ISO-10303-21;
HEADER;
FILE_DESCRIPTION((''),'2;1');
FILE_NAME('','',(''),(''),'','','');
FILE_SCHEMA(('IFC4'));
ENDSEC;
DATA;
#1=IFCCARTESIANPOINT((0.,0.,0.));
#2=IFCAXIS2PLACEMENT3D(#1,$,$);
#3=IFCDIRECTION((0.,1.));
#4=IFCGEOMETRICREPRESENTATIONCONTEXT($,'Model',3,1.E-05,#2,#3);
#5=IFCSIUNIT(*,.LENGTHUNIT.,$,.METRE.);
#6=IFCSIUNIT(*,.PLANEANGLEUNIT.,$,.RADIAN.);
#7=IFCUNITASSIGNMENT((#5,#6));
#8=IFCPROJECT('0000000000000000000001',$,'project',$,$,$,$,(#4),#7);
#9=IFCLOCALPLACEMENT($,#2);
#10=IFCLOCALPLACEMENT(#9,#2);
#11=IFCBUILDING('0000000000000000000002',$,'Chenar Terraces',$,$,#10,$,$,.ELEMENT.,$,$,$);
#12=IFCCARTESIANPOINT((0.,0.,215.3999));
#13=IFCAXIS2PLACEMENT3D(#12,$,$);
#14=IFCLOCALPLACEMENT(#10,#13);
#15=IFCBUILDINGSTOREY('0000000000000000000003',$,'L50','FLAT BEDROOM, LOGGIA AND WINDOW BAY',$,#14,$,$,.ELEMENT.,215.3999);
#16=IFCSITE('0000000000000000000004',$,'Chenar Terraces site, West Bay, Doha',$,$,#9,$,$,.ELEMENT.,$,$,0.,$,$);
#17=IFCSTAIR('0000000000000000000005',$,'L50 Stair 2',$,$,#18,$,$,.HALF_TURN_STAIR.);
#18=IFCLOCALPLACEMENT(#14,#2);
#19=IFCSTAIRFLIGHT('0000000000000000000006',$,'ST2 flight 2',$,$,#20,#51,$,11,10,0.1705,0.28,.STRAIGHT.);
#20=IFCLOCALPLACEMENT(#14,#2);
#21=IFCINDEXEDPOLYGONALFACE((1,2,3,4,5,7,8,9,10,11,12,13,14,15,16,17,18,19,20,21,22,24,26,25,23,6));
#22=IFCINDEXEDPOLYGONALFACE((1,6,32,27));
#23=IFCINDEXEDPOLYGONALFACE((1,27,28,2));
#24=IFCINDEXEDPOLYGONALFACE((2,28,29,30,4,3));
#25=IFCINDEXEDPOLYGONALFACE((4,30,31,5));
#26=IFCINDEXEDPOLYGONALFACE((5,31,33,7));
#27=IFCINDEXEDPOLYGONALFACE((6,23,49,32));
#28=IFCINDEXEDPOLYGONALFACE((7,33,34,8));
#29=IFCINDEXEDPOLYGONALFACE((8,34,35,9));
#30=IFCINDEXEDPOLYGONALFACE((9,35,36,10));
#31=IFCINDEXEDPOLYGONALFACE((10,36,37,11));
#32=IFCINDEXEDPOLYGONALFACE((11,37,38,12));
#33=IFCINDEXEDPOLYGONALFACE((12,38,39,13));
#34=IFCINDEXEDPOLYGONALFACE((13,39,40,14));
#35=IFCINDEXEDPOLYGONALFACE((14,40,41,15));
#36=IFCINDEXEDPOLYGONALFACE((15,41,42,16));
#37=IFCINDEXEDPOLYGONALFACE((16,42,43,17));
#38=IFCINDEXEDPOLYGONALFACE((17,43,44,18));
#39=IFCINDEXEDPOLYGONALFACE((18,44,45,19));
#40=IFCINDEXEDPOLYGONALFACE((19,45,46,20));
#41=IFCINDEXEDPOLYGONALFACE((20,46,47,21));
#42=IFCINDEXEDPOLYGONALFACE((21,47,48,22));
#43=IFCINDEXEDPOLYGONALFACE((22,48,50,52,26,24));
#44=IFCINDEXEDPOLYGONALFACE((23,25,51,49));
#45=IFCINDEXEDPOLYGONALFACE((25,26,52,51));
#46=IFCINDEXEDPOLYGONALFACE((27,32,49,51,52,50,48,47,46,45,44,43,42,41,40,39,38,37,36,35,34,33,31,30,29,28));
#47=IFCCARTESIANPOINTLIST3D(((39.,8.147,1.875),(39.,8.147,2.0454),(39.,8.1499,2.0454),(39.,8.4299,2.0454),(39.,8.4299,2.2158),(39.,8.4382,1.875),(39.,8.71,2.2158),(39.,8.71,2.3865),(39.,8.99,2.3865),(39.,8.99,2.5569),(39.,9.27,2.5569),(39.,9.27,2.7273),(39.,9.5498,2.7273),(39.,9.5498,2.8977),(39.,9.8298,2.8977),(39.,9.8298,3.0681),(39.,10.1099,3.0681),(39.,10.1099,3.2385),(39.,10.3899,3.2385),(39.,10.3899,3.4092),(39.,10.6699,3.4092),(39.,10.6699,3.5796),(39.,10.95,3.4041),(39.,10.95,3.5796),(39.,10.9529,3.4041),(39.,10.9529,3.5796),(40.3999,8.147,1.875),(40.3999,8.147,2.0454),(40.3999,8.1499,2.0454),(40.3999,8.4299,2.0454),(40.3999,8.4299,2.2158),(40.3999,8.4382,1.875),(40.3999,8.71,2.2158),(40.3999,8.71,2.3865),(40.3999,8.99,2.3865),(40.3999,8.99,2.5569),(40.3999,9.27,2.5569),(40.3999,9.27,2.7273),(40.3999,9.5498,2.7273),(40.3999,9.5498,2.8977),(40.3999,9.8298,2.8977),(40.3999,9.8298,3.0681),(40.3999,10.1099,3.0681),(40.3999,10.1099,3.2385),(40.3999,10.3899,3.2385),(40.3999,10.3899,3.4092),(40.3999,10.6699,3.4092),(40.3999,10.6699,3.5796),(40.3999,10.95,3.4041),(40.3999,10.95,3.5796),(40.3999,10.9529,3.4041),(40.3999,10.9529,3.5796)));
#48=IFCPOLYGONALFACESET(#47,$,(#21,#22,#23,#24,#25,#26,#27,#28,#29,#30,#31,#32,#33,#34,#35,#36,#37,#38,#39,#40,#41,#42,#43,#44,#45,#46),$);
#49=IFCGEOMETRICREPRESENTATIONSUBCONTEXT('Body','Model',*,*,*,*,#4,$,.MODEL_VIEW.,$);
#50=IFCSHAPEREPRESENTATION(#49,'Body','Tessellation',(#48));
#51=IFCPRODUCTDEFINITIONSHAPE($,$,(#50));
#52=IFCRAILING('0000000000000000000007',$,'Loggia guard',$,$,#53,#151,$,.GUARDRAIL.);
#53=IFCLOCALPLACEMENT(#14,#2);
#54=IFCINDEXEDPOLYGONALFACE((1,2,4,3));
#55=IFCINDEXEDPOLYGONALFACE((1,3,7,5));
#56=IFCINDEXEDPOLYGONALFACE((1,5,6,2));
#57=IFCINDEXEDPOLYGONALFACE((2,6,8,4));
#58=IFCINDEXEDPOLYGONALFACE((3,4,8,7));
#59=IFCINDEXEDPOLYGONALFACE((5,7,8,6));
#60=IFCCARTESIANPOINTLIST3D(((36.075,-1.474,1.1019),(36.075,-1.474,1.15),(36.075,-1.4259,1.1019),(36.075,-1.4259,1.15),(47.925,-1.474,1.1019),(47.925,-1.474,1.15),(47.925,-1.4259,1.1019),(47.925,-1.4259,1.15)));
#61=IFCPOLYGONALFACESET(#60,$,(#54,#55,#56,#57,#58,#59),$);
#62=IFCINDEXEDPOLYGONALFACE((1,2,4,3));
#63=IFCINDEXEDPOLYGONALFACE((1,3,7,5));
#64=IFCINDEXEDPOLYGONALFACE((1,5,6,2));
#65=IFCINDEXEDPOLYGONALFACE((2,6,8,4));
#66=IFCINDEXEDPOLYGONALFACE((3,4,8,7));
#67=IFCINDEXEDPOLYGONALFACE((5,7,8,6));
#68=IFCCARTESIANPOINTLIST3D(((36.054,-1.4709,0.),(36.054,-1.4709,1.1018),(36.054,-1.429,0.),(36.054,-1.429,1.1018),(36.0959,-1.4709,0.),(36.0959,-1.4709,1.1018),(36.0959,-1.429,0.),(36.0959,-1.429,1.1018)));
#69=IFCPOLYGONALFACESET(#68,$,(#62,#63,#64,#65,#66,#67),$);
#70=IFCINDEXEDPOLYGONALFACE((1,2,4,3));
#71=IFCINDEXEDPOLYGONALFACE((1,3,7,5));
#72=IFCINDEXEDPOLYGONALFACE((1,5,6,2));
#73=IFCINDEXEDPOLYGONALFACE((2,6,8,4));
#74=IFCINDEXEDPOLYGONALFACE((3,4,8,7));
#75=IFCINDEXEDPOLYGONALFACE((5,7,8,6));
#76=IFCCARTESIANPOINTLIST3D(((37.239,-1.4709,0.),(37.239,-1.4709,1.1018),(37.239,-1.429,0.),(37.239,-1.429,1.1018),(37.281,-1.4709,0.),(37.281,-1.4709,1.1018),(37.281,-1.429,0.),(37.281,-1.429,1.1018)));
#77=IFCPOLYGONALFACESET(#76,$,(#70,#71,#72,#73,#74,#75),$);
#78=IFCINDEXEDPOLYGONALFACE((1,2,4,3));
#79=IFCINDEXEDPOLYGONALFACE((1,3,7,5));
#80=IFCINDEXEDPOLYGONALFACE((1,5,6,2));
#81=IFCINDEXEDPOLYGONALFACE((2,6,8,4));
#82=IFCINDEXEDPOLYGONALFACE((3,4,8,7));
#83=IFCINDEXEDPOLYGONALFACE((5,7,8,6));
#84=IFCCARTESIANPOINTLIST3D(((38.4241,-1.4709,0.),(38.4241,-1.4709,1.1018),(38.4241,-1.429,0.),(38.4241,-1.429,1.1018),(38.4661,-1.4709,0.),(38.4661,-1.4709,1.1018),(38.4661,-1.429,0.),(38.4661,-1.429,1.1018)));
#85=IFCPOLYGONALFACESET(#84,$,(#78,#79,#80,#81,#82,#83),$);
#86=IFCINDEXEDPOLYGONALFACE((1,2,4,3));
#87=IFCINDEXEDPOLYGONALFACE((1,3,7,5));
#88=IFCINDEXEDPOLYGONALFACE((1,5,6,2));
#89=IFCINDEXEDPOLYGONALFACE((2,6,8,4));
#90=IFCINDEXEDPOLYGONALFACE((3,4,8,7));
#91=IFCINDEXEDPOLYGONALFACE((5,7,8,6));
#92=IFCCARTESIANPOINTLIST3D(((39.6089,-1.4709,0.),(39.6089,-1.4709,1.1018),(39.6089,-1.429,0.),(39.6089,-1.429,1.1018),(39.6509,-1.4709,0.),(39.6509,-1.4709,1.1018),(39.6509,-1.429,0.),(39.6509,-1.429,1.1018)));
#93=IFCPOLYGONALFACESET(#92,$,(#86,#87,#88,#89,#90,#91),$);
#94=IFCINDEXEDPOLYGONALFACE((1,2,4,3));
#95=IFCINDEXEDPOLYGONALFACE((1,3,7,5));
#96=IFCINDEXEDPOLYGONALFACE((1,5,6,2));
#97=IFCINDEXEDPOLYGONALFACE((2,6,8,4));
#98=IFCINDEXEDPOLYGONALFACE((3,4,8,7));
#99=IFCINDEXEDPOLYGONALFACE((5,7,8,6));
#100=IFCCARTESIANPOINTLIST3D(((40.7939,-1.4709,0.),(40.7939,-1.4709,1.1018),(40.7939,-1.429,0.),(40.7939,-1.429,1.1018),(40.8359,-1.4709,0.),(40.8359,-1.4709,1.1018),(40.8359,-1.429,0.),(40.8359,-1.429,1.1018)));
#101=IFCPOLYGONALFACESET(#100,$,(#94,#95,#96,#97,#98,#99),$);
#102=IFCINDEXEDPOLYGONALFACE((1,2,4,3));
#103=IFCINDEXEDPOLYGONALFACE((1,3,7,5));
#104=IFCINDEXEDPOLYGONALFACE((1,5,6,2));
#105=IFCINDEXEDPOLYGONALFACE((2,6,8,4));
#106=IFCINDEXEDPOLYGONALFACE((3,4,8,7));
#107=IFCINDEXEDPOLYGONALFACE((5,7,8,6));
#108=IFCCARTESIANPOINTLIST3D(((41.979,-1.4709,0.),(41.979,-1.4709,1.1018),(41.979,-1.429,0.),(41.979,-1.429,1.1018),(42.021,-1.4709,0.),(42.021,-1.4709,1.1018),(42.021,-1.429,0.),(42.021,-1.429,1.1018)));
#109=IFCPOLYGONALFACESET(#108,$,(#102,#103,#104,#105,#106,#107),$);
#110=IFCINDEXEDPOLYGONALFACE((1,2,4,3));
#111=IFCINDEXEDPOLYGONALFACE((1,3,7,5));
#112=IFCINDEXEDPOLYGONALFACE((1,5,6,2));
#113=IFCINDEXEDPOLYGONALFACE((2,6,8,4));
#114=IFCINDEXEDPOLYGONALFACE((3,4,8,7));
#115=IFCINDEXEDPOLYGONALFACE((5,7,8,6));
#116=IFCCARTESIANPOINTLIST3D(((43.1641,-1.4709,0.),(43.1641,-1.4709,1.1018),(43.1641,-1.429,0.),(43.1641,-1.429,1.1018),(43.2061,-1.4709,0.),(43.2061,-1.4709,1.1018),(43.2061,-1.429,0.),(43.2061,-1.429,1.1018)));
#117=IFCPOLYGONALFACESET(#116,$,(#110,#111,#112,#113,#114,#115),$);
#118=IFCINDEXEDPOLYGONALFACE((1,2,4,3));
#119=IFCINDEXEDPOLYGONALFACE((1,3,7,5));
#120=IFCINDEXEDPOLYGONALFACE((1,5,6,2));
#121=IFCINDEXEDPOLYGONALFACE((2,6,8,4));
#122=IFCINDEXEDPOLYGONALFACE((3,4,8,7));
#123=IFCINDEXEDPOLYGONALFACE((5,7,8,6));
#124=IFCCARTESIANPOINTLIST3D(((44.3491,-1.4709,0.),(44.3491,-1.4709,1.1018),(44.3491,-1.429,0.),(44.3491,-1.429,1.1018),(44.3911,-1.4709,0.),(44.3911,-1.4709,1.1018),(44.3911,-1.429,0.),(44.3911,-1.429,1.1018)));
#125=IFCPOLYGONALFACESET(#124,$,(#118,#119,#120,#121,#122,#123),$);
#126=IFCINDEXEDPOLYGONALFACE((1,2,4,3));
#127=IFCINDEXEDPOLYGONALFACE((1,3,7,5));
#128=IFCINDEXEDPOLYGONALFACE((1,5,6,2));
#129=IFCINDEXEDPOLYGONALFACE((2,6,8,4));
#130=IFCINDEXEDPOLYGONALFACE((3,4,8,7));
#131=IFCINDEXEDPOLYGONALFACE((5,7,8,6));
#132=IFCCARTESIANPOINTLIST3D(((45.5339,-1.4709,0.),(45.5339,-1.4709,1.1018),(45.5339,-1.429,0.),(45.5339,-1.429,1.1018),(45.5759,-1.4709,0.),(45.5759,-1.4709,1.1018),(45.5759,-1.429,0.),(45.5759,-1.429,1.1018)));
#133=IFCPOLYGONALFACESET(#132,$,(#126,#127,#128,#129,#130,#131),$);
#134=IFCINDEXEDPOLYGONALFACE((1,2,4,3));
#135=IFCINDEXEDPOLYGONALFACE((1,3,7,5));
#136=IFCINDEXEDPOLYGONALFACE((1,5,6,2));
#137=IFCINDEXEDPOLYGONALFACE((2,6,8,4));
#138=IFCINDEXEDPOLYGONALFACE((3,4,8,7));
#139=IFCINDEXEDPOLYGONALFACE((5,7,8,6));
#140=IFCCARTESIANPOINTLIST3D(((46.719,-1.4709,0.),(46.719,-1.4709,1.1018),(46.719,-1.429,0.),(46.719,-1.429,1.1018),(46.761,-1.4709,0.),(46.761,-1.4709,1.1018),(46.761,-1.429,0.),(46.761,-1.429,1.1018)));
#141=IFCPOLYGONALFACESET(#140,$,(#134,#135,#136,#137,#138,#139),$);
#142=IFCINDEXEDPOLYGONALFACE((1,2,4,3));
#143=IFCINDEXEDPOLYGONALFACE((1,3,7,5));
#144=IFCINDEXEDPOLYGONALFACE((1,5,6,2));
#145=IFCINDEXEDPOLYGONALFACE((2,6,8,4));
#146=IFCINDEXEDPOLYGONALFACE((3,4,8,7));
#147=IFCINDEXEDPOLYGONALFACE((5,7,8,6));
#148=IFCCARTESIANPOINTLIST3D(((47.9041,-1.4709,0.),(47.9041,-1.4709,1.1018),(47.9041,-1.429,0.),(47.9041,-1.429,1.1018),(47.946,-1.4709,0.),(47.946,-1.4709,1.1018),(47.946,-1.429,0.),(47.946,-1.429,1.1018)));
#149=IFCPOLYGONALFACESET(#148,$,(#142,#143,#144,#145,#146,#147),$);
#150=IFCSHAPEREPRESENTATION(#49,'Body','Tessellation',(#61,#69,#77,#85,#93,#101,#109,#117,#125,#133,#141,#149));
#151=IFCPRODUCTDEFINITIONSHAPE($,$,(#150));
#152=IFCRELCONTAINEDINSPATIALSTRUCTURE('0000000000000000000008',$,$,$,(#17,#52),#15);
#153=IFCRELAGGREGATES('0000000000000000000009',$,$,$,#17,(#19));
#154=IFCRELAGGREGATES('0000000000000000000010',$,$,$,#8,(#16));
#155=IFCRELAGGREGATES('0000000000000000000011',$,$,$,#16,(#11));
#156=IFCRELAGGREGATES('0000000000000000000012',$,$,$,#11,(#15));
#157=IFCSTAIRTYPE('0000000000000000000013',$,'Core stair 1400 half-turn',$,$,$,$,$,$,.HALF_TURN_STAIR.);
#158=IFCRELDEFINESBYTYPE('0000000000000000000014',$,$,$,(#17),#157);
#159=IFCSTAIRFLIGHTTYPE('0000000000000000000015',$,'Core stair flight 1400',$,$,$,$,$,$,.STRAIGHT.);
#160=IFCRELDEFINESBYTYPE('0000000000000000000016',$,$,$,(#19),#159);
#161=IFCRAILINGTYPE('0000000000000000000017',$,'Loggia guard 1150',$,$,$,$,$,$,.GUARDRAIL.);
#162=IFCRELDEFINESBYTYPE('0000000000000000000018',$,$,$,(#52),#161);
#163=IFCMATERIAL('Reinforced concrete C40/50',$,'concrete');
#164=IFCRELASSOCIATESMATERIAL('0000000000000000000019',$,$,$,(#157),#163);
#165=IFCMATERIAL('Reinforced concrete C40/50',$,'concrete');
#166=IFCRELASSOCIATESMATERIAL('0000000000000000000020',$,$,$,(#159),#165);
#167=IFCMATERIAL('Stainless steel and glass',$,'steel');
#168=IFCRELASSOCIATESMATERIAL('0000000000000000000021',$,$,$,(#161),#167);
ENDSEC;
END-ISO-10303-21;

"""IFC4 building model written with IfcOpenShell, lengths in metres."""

from ifc_helpers import new_model, si_unit, direction, frame, origin, origin_2d, place, context, subcontext, project, spatial, polyline, rectangle, outline, extrude, material, type_object, element, aggregate, save


model = new_model("IFC4")

# Units and contexts
model_context = context("Model", 3, precision=1e-05, world=origin(), true_north=direction((0.0, 1.0)))
body_context = subcontext(model_context, "Body", "Model", "MODEL_VIEW")
ifc_project = project(units=[si_unit("LENGTHUNIT", "METRE"), si_unit("PLANEANGLEUNIT", "RADIAN")], contexts=[model_context])

# Site, building, storey
site_placement = place(None, origin())
site = spatial("IfcSite", under=ifc_project, at=site_placement, Name="Chenar Terraces site, West Bay, Doha", CompositionType="ELEMENT", RefElevation=0.0)
building_placement = place(site_placement, origin())
building = spatial("IfcBuilding", under=site, at=building_placement, Name="Chenar Terraces", CompositionType="ELEMENT")
storey_placement = place(building_placement, frame((0.0, 0.0, 215.3999)))
storey = spatial("IfcBuildingStorey", under=building, at=storey_placement, Name="L50", Description="FLAT BEDROOM, LOGGIA AND WINDOW BAY", CompositionType="ELEMENT", Elevation=215.3999)

# Stair, stair flight
ifc_material_1 = material(Name="Reinforced concrete C40/50", Category="concrete")
stair_type = type_object("IfcStairType", Name="Core stair 1400 half-turn", PredefinedType="HALF_TURN_STAIR", material=ifc_material_1)
stair_placement = place(storey_placement, origin())
stair = element("IfcStair", 1, at=stair_placement, inside=storey, type_object=stair_type, Name="L50 Stair 2", PredefinedType="HALF_TURN_STAIR")
ifc_material_2 = material(Name="Reinforced concrete C40/50", Category="concrete")
stair_flight_type = type_object("IfcStairFlightType", Name="Core stair flight 1400", PredefinedType="STRAIGHT", material=ifc_material_2)
stair_flight_1_placement = place(storey_placement, frame((39.7, 8.1499, 1.875), z_axis=(0.0, 0.0, 1.0), x_axis=(0.0, 1.0, 0.0)))
stair_flight_1 = element("IfcStairFlight", 2, at=stair_flight_1_placement, type_object=stair_flight_type, Name="ST2 flight 2", NumberOfRisers=11, NumberOfTreads=10, PredefinedType="STRAIGHT", RiserHeight=0.1705, TreadLength=0.28, context=body_context, shape_type="SweptSolid", body=[
    extrude(outline(polyline([(-0.0029, 0.0), (-0.0029, 0.1704), (0.0, 0.1704), (0.28, 0.1704), (0.28, 0.3408), (0.5601, 0.3408), (0.5601, 0.5115), (0.8401, 0.5115), (0.8401, 0.6819), (1.1201, 0.6819), (1.1201, 0.8523), (1.3999, 0.8523), (1.3999, 1.0227), (1.6799, 1.0227), (1.6799, 1.1931), (1.96, 1.1931), (1.96, 1.3635), (2.24, 1.3635), (2.24, 1.5342), (2.52, 1.5342), (2.52, 1.7046), (2.8, 1.7046), (2.803, 1.7046), (2.803, 1.5291), (2.8, 1.5291), (0.2883, 0.0), (-0.0029, 0.0)])), frame((0.0, 0.7, 0.0), z_axis=(0.0, -1.0, 0.0), x_axis=(1.0, 0.0, 0.0)), (0.0, 0.0, 1.0), 1.3999),
])
aggregate(stair, [stair_flight_1])

# Railing
ifc_material_3 = material(Name="Stainless steel and glass", Category="steel")
railing_type_1 = type_object("IfcRailingType", Name="Loggia guard 1150", PredefinedType="GUARDRAIL", material=ifc_material_3)
railing_1_placement = place(storey_placement, frame((36.075, -1.45, 0.0)))
element("IfcRailing", 3, at=railing_1_placement, inside=storey, type_object=railing_type_1, Name="Loggia guard", PredefinedType="GUARDRAIL", context=body_context, shape_type="SweptSolid", body=[
    extrude(rectangle(XDim=0.0481, YDim=0.0481, at=origin_2d()), frame((0.0, 0.0, 1.126), z_axis=(1.0, 0.0, 0.0), x_axis=(0.0, 1.0, 0.0)), (0.0, 0.0, 1.0), 11.8501),
    extrude(rectangle(XDim=0.042, YDim=0.042, at=origin_2d()), origin(), (0.0, 0.0, 1.0), 1.1018),
    extrude(rectangle(XDim=0.042, YDim=0.042, at=origin_2d()), frame((1.1851, 0.0, 0.0)), (0.0, 0.0, 1.0), 1.1018),
    extrude(rectangle(XDim=0.042, YDim=0.042, at=origin_2d()), frame((2.3701, 0.0, 0.0)), (0.0, 0.0, 1.0), 1.1018),
    extrude(rectangle(XDim=0.042, YDim=0.042, at=origin_2d()), frame((3.5549, 0.0, 0.0)), (0.0, 0.0, 1.0), 1.1018),
    extrude(rectangle(XDim=0.042, YDim=0.042, at=origin_2d()), frame((4.74, 0.0, 0.0)), (0.0, 0.0, 1.0), 1.1018),
    extrude(rectangle(XDim=0.042, YDim=0.042, at=origin_2d()), frame((5.925, 0.0, 0.0)), (0.0, 0.0, 1.0), 1.1018),
    extrude(rectangle(XDim=0.042, YDim=0.042, at=origin_2d()), frame((7.1101, 0.0, 0.0)), (0.0, 0.0, 1.0), 1.1018),
    extrude(rectangle(XDim=0.042, YDim=0.042, at=origin_2d()), frame((8.2952, 0.0, 0.0)), (0.0, 0.0, 1.0), 1.1018),
    extrude(rectangle(XDim=0.042, YDim=0.042, at=origin_2d()), frame((9.48, 0.0, 0.0)), (0.0, 0.0, 1.0), 1.1018),
    extrude(rectangle(XDim=0.042, YDim=0.042, at=origin_2d()), frame((10.665, 0.0, 0.0)), (0.0, 0.0, 1.0), 1.1018),
    extrude(rectangle(XDim=0.042, YDim=0.042, at=origin_2d()), frame((11.8501, 0.0, 0.0)), (0.0, 0.0, 1.0), 1.1018),
])

save(model, "model.ifc")
